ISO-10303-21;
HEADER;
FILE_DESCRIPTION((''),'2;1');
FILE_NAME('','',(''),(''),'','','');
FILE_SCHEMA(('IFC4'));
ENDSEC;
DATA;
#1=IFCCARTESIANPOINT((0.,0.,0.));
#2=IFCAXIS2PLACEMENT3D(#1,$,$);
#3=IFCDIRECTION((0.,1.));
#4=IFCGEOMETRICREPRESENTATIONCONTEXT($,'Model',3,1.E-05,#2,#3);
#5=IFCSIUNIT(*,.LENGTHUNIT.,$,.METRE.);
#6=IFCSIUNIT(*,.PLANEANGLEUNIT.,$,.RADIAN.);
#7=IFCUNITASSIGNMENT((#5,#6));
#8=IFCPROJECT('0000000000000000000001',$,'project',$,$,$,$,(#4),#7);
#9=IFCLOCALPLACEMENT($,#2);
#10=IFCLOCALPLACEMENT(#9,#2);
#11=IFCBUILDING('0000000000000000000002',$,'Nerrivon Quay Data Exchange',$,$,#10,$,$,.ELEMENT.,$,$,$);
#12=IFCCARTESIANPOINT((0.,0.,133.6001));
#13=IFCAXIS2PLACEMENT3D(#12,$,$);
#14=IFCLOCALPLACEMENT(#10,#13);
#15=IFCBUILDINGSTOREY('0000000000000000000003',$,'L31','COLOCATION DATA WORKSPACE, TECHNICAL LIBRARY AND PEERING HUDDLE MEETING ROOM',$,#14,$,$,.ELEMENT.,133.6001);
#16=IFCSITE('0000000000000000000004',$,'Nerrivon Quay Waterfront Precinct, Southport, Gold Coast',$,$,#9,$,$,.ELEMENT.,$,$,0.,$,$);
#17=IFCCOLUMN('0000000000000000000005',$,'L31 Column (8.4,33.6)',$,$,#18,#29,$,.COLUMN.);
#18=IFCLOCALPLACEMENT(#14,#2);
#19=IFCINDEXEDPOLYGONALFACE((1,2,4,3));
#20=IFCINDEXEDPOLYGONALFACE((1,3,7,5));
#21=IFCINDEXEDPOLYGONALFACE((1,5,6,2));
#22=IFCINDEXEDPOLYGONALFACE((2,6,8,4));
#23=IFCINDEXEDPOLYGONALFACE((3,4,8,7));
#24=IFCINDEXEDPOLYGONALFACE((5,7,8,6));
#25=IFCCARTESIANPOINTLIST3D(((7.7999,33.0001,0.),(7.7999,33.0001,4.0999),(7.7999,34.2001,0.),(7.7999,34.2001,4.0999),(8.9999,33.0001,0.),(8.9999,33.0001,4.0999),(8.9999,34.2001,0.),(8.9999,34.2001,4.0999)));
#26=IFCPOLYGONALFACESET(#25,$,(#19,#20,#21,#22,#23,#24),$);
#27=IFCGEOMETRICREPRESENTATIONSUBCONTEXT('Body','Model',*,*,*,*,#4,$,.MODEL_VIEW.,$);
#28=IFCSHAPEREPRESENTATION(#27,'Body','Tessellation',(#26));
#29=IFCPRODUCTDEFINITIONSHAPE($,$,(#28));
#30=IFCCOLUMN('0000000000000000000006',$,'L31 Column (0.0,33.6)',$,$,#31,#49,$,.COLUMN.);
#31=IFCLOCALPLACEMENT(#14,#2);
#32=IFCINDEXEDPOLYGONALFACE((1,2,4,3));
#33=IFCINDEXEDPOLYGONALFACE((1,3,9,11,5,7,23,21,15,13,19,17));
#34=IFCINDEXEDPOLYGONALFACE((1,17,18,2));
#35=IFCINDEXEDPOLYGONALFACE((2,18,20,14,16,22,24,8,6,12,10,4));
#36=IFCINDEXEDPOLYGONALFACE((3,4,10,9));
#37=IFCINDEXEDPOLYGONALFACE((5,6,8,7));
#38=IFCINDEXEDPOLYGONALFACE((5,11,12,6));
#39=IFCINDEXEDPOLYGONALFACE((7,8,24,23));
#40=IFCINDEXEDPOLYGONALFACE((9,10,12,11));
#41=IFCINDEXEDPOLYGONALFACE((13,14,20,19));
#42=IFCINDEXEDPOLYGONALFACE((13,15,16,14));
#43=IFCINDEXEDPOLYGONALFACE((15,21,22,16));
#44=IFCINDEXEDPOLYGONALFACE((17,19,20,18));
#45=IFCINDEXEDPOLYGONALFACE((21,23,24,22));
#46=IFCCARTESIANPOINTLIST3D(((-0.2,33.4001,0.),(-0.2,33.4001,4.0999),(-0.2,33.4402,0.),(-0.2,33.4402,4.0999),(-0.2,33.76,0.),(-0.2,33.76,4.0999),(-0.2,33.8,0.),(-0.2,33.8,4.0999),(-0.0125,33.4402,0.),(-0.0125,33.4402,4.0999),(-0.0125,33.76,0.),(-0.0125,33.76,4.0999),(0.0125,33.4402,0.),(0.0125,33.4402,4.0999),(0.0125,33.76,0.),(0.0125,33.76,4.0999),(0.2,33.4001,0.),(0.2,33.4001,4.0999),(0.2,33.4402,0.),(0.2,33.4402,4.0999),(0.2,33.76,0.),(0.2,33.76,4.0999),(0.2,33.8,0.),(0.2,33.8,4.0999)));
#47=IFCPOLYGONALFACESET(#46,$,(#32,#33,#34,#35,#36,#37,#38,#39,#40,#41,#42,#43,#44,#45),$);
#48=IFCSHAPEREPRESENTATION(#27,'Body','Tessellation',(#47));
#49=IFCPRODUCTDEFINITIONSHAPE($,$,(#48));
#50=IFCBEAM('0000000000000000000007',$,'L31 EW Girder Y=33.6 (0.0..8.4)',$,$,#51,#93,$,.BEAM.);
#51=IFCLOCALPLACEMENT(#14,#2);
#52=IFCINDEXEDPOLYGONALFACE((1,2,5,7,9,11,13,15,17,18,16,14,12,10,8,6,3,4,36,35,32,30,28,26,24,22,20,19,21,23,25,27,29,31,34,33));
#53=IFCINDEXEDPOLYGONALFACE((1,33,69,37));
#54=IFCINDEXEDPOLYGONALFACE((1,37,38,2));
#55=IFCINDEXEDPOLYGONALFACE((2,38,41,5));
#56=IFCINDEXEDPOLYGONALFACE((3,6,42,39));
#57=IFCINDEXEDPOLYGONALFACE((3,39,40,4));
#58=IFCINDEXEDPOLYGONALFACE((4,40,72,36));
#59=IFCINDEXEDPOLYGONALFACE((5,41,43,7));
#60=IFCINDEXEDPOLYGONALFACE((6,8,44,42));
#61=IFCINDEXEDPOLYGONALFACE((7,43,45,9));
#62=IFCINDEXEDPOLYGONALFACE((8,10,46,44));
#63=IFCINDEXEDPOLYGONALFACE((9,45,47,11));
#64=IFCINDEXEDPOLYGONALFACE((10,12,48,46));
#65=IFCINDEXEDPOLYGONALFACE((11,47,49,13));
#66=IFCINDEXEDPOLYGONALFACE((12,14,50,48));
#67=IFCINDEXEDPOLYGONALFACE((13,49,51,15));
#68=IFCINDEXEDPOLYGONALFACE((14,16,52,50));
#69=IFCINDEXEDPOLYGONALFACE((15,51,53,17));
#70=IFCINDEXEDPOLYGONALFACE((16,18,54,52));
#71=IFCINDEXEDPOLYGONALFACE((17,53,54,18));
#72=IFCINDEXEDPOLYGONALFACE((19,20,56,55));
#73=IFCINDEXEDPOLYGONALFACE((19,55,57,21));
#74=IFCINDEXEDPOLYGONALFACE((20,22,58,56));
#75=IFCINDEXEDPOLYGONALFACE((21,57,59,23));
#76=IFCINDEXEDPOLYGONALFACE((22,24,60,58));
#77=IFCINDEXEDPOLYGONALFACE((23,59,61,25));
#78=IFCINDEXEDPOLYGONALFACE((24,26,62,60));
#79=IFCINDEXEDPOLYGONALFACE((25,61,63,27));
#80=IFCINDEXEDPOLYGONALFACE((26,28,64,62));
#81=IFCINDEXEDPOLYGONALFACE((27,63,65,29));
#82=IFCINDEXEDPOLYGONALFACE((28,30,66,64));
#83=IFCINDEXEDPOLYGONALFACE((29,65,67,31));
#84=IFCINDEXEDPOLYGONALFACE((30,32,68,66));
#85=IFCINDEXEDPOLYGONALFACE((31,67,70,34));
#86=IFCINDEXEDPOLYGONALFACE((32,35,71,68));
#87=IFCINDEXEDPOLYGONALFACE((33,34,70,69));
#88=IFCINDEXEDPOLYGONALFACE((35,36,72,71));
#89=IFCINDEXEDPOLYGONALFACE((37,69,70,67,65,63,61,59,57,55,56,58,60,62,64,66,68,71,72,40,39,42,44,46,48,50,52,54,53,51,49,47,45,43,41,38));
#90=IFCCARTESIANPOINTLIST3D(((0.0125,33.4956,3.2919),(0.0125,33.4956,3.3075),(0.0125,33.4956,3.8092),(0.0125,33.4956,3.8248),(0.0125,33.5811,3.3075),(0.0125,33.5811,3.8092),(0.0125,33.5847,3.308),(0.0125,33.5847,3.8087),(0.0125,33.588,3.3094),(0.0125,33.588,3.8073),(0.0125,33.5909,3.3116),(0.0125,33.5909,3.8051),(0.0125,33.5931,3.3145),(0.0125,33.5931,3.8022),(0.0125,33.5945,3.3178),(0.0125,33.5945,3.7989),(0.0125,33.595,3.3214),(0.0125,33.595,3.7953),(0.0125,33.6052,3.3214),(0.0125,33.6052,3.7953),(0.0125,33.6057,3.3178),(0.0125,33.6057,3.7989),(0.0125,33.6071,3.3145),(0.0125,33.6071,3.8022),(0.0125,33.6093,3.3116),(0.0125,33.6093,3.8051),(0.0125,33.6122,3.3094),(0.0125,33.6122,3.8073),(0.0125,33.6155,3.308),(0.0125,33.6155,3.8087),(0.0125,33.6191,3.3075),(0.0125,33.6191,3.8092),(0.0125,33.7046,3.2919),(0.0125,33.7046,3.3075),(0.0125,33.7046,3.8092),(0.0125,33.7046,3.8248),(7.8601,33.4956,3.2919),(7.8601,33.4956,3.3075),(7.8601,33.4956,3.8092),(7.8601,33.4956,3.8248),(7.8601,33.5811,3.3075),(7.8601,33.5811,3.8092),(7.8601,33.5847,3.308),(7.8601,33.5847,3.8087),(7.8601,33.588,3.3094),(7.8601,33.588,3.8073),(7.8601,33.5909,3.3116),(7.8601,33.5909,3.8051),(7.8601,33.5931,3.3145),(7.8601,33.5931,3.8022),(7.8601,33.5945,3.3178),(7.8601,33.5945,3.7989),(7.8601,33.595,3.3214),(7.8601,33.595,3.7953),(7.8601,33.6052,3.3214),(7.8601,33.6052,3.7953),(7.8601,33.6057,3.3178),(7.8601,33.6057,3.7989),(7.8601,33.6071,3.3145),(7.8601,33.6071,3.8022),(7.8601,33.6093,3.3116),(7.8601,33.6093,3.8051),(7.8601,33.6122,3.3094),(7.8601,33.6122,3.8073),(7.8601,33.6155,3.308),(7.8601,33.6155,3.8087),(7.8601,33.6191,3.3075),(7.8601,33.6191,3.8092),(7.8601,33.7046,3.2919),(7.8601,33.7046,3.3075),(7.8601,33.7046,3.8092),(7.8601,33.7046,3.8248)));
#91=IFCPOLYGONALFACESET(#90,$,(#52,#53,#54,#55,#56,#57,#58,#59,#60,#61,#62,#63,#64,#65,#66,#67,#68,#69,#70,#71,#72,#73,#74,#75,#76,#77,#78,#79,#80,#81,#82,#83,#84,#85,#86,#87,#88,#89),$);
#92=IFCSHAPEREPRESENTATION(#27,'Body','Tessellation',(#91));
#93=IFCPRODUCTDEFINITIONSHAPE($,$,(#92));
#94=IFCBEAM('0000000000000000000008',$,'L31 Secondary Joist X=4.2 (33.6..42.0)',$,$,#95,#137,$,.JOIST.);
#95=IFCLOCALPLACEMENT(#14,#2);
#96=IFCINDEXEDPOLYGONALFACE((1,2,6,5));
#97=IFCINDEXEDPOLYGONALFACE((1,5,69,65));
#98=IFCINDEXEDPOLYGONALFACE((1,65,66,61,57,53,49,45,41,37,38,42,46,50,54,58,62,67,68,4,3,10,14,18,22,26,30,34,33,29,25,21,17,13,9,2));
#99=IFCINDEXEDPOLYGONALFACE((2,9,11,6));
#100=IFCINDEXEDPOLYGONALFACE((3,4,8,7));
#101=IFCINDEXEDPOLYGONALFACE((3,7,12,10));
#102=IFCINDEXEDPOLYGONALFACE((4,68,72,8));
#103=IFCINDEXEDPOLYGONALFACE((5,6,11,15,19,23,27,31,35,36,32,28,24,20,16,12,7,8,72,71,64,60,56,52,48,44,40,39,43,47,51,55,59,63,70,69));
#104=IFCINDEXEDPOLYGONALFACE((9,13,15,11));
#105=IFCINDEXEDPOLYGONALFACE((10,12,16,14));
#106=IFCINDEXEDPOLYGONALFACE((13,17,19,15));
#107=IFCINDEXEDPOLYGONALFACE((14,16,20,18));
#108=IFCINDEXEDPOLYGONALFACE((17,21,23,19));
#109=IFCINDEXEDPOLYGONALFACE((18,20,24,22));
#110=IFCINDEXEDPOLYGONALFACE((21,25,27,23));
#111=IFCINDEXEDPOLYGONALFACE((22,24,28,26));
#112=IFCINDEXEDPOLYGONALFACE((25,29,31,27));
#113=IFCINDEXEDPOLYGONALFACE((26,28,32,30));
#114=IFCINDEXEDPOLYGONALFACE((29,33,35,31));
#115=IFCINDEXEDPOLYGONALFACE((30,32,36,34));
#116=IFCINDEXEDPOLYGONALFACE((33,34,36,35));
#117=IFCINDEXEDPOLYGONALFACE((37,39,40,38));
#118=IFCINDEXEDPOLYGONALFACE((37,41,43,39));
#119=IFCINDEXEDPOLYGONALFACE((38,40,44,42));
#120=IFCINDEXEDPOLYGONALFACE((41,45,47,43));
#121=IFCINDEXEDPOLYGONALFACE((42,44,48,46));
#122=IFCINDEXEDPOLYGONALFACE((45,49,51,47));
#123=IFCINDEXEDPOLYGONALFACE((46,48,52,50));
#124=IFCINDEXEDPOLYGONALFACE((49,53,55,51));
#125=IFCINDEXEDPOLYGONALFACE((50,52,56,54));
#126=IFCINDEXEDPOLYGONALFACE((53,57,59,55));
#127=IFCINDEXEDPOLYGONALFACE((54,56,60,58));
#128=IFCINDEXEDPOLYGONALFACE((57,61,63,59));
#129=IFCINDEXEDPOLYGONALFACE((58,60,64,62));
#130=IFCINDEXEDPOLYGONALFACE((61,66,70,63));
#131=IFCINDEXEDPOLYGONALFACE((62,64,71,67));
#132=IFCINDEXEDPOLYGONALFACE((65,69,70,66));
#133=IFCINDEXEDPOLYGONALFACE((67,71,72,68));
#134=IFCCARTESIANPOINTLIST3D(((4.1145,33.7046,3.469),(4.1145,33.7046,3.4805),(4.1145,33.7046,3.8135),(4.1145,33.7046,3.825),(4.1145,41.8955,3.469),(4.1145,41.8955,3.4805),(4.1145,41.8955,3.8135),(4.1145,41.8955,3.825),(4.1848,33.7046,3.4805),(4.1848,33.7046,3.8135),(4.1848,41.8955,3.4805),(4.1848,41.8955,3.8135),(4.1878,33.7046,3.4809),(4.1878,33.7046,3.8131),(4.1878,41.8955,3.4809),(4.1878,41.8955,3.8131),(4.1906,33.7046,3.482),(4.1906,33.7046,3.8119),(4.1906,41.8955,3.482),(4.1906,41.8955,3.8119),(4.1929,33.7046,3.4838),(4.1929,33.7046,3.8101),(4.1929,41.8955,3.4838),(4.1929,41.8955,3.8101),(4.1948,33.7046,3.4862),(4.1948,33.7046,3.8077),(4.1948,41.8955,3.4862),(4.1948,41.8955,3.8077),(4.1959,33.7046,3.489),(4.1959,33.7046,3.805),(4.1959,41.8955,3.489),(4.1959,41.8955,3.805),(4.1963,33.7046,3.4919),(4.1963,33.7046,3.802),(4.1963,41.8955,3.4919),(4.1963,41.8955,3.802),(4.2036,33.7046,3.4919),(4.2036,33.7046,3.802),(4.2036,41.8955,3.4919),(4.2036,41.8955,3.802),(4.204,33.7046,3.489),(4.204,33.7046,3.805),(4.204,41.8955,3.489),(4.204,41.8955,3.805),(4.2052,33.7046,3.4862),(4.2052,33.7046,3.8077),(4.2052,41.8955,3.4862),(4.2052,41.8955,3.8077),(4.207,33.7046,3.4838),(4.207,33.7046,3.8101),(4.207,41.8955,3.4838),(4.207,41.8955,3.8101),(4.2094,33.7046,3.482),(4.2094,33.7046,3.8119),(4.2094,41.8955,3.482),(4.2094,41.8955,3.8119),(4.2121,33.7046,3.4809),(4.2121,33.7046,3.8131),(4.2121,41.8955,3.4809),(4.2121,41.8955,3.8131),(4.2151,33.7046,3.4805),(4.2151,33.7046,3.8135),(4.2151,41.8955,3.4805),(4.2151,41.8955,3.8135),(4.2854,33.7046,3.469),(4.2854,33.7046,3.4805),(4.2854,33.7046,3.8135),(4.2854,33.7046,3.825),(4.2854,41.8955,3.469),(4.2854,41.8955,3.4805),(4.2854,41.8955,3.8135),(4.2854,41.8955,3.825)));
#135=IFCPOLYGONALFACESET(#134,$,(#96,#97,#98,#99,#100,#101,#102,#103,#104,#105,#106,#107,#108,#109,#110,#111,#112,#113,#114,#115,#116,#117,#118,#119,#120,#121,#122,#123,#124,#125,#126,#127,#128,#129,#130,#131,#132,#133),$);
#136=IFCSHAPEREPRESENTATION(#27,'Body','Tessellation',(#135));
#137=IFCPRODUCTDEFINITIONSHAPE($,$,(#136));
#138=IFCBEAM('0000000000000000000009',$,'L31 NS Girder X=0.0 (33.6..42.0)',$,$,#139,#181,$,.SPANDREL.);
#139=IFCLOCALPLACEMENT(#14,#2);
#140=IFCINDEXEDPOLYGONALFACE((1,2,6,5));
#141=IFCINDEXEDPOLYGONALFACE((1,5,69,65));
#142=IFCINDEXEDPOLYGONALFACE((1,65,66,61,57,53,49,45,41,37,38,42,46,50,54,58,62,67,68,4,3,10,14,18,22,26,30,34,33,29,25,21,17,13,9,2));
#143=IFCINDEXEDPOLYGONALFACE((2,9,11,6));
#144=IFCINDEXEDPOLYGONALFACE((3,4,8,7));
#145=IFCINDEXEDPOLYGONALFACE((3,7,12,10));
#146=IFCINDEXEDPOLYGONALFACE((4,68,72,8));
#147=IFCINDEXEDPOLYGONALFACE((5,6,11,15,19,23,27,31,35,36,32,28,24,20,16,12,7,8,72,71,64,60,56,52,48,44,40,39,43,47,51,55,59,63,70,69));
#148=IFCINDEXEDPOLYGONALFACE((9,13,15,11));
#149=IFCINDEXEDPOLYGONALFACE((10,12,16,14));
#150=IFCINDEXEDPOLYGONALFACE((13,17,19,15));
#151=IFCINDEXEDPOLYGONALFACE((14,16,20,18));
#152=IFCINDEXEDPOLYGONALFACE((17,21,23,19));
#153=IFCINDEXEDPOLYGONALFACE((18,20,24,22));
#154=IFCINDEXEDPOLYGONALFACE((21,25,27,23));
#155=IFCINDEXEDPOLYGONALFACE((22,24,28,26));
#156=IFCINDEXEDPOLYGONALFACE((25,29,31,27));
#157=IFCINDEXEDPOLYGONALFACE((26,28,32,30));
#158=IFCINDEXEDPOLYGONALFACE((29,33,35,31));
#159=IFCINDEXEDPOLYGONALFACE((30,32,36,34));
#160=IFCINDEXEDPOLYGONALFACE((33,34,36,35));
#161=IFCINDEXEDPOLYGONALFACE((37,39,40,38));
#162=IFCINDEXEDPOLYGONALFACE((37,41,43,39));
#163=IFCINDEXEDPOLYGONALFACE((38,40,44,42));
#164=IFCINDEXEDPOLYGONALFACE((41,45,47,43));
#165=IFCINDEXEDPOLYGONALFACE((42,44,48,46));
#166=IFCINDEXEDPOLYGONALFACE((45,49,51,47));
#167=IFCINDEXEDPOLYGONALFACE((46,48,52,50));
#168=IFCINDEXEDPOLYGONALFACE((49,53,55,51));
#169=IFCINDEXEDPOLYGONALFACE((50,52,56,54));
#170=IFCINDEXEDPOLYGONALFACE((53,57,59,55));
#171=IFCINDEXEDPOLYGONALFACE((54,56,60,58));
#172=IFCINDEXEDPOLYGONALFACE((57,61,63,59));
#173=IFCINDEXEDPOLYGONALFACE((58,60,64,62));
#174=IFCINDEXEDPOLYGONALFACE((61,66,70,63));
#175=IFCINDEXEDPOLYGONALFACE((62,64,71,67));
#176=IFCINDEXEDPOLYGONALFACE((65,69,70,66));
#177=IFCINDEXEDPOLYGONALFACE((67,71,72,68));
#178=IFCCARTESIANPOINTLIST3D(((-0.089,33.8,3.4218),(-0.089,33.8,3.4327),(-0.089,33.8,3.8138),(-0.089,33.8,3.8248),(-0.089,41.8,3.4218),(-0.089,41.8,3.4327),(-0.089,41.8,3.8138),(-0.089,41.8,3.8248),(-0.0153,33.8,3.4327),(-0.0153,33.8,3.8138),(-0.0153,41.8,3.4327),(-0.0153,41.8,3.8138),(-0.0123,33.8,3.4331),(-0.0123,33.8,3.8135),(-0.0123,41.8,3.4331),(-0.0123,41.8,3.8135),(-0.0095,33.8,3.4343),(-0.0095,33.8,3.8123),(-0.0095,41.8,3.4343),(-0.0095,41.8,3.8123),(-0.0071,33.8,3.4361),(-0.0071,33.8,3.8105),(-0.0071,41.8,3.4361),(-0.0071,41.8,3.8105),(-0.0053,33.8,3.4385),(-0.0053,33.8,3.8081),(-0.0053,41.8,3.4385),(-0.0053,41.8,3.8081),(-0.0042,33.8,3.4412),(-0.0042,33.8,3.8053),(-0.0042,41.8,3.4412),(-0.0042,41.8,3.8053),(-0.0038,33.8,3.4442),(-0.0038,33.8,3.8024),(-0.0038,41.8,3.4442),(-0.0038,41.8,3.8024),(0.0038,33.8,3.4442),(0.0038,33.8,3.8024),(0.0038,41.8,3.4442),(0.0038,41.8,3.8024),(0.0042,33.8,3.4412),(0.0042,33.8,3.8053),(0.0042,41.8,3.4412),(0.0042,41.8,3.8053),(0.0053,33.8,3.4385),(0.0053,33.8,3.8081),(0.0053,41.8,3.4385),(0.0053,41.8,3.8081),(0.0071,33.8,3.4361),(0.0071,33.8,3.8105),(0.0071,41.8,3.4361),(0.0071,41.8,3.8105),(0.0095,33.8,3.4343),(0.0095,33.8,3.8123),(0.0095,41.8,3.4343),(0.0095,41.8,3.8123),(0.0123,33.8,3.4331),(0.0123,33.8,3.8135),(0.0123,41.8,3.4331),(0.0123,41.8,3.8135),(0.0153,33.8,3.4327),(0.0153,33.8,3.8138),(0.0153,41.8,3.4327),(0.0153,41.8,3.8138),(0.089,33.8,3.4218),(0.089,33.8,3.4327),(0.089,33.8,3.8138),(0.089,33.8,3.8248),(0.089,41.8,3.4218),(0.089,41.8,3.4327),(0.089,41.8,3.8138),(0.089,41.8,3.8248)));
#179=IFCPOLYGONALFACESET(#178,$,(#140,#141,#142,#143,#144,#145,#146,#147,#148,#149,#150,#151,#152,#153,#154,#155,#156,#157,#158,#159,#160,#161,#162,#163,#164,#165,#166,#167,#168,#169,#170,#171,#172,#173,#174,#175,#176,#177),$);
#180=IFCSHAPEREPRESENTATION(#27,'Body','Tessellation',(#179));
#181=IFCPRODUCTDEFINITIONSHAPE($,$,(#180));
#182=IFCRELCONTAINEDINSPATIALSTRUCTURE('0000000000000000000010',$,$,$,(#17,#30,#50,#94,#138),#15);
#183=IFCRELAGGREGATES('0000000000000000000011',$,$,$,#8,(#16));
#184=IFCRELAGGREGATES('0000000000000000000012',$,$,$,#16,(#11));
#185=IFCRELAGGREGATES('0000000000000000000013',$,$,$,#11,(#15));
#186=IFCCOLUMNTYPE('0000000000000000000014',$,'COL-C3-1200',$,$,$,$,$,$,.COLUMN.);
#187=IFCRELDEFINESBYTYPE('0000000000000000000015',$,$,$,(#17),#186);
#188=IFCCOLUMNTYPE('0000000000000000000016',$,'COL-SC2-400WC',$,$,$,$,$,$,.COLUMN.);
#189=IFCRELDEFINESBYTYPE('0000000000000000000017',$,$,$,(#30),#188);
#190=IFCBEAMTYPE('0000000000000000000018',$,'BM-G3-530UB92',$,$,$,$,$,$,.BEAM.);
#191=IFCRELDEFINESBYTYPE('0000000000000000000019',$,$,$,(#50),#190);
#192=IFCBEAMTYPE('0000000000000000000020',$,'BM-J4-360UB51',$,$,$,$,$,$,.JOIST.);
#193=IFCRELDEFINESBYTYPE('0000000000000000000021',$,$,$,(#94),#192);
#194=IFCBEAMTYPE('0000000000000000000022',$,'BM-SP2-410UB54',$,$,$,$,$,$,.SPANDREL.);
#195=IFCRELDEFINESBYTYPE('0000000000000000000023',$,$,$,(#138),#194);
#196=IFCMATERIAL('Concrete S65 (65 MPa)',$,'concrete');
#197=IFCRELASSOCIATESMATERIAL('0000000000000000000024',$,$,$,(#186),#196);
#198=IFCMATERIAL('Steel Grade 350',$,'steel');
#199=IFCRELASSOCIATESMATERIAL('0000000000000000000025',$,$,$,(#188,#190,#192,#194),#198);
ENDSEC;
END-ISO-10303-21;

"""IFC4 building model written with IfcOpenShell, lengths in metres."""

from ifc_helpers import new_model, si_unit, direction, frame, origin, origin_2d, place, context, subcontext, project, spatial, rectangle, i_section, extrude, material, material_profile, profile_set, type_object, element, save


model = new_model("IFC4")

# Units and contexts
model_context = context("Model", 3, precision=1e-05, world=origin(), true_north=direction((0.0, 1.0)))
body_context = subcontext(model_context, "Body", "Model", "MODEL_VIEW")
ifc_project = project(units=[si_unit("LENGTHUNIT", "METRE"), si_unit("PLANEANGLEUNIT", "RADIAN")], contexts=[model_context])

# Site, building, storey
site_placement = place(None, origin())
site = spatial("IfcSite", under=ifc_project, at=site_placement, Name="Nerrivon Quay Waterfront Precinct, Southport, Gold Coast", CompositionType="ELEMENT", RefElevation=0.0)
building_placement = place(site_placement, origin())
building = spatial("IfcBuilding", under=site, at=building_placement, Name="Nerrivon Quay Data Exchange", CompositionType="ELEMENT")
storey_placement = place(building_placement, frame((0.0, 0.0, 133.6001)))
storey = spatial("IfcBuildingStorey", under=building, at=storey_placement, Name="L31", Description="COLOCATION DATA WORKSPACE, TECHNICAL LIBRARY AND PEERING HUDDLE MEETING ROOM", CompositionType="ELEMENT", Elevation=133.6001)

# Columns
ifc_material_1 = material(Name="Concrete S65 (65 MPa)", Category="concrete")
ifc_material_profile_1 = material_profile(ifc_material_1, rectangle(XDim=1.2, YDim=1.2, at=origin_2d()), Name="RC-COL-1200x1200")
ifc_profile_set_1 = profile_set([ifc_material_profile_1], Name="Concrete S65 (65 MPa)")
column_type_1 = type_object("IfcColumnType", Name="COL-C3-1200", PredefinedType="COLUMN", material=ifc_profile_set_1)
column_1_placement = place(storey_placement, frame((8.3999, 33.6001, 0.0), z_axis=(0.0, 0.0, 1.0), x_axis=(1.0, 0.0, 0.0)))
element("IfcColumn", 1, at=column_1_placement, inside=storey, type_object=column_type_1, Name="L31 Column (8.4,33.6)", PredefinedType="COLUMN", context=body_context, shape_type="SweptSolid", body=[
    extrude(rectangle(XDim=1.2, YDim=1.2, at=origin_2d()), origin(), (0.0, 0.0, 1.0), 4.0999),
])
ifc_material_2 = material(Name="Steel Grade 350", Category="steel")
ifc_material_profile_2 = material_profile(ifc_material_2, i_section(OverallWidth=0.3999, OverallDepth=0.3999, WebThickness=0.0249, FlangeThickness=0.04, at=origin_2d()), Name="400WC328")
ifc_profile_set_2 = profile_set([ifc_material_profile_2], Name="Steel Grade 350")
column_type_2 = type_object("IfcColumnType", Name="COL-SC2-400WC", PredefinedType="COLUMN", material=ifc_profile_set_2)
column_2_placement = place(storey_placement, frame((0.0, 33.6001, 0.0), z_axis=(0.0, 0.0, 1.0), x_axis=(1.0, 0.0, 0.0)))
element("IfcColumn", 2, at=column_2_placement, inside=storey, type_object=column_type_2, Name="L31 Column (0.0,33.6)", PredefinedType="COLUMN", context=body_context, shape_type="SweptSolid", body=[
    extrude(i_section(OverallWidth=0.3999, OverallDepth=0.3999, WebThickness=0.0249, FlangeThickness=0.04, at=origin_2d()), origin(), (0.0, 0.0, 1.0), 4.0999),
])

# Beams
ifc_material_profile_3 = material_profile(ifc_material_2, i_section(OverallWidth=0.209, OverallDepth=0.533, WebThickness=0.0103, FlangeThickness=0.0156, FilletRadius=0.0139, at=origin_2d()), Name="530UB92.4")
ifc_profile_set_3 = profile_set([ifc_material_profile_3], Name="Steel Grade 350")
beam_type_1 = type_object("IfcBeamType", Name="BM-G3-530UB92", PredefinedType="BEAM", material=ifc_profile_set_3)
beam_1_placement = place(storey_placement, frame((0.0125, 33.6001, 3.5583), z_axis=(1.0, 0.0, 0.0), x_axis=(0.0, 1.0, 0.0)))
element("IfcBeam", 3, at=beam_1_placement, inside=storey, type_object=beam_type_1, Name="L31 EW Girder Y=33.6 (0.0..8.4)", PredefinedType="BEAM", context=body_context, shape_type="SweptSolid", body=[
    extrude(i_section(OverallWidth=0.209, OverallDepth=0.533, WebThickness=0.0103, FlangeThickness=0.0156, FilletRadius=0.0139, at=origin_2d()), origin(), (0.0, 0.0, 1.0), 7.8477),
])
ifc_material_profile_4 = material_profile(ifc_material_2, i_section(OverallWidth=0.1709, OverallDepth=0.356, WebThickness=0.0073, FlangeThickness=0.0115, FilletRadius=0.0115, at=origin_2d()), Name="360UB50.7")
ifc_profile_set_4 = profile_set([ifc_material_profile_4], Name="Steel Grade 350")
beam_type_2 = type_object("IfcBeamType", Name="BM-J4-360UB51", PredefinedType="JOIST", material=ifc_profile_set_4)
beam_2_placement = place(storey_placement, frame((4.2, 33.7046, 3.647), z_axis=(0.0, 1.0, 0.0), x_axis=(-1.0, 0.0, 0.0)))
element("IfcBeam", 4, at=beam_2_placement, inside=storey, type_object=beam_type_2, Name="L31 Secondary Joist X=4.2 (33.6..42.0)", PredefinedType="JOIST", context=body_context, shape_type="SweptSolid", body=[
    extrude(i_section(OverallWidth=0.1709, OverallDepth=0.356, WebThickness=0.0073, FlangeThickness=0.0115, FilletRadius=0.0115, at=origin_2d()), origin(), (0.0, 0.0, 1.0), 8.1909),
])
ifc_material_profile_5 = material_profile(ifc_material_2, i_section(OverallWidth=0.178, OverallDepth=0.4031, WebThickness=0.0076, FlangeThickness=0.011, FilletRadius=0.0115, at=origin_2d()), Name="410UB53.7")
ifc_profile_set_5 = profile_set([ifc_material_profile_5], Name="Steel Grade 350")
beam_type_3 = type_object("IfcBeamType", Name="BM-SP2-410UB54", PredefinedType="SPANDREL", material=ifc_profile_set_5)
beam_3_placement = place(storey_placement, frame((0.0, 33.8, 3.6233), z_axis=(0.0, 1.0, 0.0), x_axis=(-1.0, 0.0, 0.0)))
element("IfcBeam", 5, at=beam_3_placement, inside=storey, type_object=beam_type_3, Name="L31 NS Girder X=0.0 (33.6..42.0)", PredefinedType="SPANDREL", context=body_context, shape_type="SweptSolid", body=[
    extrude(i_section(OverallWidth=0.178, OverallDepth=0.4031, WebThickness=0.0076, FlangeThickness=0.011, FilletRadius=0.0115, at=origin_2d()), origin(), (0.0, 0.0, 1.0), 8.0),
])

save(model, "model.ifc")
